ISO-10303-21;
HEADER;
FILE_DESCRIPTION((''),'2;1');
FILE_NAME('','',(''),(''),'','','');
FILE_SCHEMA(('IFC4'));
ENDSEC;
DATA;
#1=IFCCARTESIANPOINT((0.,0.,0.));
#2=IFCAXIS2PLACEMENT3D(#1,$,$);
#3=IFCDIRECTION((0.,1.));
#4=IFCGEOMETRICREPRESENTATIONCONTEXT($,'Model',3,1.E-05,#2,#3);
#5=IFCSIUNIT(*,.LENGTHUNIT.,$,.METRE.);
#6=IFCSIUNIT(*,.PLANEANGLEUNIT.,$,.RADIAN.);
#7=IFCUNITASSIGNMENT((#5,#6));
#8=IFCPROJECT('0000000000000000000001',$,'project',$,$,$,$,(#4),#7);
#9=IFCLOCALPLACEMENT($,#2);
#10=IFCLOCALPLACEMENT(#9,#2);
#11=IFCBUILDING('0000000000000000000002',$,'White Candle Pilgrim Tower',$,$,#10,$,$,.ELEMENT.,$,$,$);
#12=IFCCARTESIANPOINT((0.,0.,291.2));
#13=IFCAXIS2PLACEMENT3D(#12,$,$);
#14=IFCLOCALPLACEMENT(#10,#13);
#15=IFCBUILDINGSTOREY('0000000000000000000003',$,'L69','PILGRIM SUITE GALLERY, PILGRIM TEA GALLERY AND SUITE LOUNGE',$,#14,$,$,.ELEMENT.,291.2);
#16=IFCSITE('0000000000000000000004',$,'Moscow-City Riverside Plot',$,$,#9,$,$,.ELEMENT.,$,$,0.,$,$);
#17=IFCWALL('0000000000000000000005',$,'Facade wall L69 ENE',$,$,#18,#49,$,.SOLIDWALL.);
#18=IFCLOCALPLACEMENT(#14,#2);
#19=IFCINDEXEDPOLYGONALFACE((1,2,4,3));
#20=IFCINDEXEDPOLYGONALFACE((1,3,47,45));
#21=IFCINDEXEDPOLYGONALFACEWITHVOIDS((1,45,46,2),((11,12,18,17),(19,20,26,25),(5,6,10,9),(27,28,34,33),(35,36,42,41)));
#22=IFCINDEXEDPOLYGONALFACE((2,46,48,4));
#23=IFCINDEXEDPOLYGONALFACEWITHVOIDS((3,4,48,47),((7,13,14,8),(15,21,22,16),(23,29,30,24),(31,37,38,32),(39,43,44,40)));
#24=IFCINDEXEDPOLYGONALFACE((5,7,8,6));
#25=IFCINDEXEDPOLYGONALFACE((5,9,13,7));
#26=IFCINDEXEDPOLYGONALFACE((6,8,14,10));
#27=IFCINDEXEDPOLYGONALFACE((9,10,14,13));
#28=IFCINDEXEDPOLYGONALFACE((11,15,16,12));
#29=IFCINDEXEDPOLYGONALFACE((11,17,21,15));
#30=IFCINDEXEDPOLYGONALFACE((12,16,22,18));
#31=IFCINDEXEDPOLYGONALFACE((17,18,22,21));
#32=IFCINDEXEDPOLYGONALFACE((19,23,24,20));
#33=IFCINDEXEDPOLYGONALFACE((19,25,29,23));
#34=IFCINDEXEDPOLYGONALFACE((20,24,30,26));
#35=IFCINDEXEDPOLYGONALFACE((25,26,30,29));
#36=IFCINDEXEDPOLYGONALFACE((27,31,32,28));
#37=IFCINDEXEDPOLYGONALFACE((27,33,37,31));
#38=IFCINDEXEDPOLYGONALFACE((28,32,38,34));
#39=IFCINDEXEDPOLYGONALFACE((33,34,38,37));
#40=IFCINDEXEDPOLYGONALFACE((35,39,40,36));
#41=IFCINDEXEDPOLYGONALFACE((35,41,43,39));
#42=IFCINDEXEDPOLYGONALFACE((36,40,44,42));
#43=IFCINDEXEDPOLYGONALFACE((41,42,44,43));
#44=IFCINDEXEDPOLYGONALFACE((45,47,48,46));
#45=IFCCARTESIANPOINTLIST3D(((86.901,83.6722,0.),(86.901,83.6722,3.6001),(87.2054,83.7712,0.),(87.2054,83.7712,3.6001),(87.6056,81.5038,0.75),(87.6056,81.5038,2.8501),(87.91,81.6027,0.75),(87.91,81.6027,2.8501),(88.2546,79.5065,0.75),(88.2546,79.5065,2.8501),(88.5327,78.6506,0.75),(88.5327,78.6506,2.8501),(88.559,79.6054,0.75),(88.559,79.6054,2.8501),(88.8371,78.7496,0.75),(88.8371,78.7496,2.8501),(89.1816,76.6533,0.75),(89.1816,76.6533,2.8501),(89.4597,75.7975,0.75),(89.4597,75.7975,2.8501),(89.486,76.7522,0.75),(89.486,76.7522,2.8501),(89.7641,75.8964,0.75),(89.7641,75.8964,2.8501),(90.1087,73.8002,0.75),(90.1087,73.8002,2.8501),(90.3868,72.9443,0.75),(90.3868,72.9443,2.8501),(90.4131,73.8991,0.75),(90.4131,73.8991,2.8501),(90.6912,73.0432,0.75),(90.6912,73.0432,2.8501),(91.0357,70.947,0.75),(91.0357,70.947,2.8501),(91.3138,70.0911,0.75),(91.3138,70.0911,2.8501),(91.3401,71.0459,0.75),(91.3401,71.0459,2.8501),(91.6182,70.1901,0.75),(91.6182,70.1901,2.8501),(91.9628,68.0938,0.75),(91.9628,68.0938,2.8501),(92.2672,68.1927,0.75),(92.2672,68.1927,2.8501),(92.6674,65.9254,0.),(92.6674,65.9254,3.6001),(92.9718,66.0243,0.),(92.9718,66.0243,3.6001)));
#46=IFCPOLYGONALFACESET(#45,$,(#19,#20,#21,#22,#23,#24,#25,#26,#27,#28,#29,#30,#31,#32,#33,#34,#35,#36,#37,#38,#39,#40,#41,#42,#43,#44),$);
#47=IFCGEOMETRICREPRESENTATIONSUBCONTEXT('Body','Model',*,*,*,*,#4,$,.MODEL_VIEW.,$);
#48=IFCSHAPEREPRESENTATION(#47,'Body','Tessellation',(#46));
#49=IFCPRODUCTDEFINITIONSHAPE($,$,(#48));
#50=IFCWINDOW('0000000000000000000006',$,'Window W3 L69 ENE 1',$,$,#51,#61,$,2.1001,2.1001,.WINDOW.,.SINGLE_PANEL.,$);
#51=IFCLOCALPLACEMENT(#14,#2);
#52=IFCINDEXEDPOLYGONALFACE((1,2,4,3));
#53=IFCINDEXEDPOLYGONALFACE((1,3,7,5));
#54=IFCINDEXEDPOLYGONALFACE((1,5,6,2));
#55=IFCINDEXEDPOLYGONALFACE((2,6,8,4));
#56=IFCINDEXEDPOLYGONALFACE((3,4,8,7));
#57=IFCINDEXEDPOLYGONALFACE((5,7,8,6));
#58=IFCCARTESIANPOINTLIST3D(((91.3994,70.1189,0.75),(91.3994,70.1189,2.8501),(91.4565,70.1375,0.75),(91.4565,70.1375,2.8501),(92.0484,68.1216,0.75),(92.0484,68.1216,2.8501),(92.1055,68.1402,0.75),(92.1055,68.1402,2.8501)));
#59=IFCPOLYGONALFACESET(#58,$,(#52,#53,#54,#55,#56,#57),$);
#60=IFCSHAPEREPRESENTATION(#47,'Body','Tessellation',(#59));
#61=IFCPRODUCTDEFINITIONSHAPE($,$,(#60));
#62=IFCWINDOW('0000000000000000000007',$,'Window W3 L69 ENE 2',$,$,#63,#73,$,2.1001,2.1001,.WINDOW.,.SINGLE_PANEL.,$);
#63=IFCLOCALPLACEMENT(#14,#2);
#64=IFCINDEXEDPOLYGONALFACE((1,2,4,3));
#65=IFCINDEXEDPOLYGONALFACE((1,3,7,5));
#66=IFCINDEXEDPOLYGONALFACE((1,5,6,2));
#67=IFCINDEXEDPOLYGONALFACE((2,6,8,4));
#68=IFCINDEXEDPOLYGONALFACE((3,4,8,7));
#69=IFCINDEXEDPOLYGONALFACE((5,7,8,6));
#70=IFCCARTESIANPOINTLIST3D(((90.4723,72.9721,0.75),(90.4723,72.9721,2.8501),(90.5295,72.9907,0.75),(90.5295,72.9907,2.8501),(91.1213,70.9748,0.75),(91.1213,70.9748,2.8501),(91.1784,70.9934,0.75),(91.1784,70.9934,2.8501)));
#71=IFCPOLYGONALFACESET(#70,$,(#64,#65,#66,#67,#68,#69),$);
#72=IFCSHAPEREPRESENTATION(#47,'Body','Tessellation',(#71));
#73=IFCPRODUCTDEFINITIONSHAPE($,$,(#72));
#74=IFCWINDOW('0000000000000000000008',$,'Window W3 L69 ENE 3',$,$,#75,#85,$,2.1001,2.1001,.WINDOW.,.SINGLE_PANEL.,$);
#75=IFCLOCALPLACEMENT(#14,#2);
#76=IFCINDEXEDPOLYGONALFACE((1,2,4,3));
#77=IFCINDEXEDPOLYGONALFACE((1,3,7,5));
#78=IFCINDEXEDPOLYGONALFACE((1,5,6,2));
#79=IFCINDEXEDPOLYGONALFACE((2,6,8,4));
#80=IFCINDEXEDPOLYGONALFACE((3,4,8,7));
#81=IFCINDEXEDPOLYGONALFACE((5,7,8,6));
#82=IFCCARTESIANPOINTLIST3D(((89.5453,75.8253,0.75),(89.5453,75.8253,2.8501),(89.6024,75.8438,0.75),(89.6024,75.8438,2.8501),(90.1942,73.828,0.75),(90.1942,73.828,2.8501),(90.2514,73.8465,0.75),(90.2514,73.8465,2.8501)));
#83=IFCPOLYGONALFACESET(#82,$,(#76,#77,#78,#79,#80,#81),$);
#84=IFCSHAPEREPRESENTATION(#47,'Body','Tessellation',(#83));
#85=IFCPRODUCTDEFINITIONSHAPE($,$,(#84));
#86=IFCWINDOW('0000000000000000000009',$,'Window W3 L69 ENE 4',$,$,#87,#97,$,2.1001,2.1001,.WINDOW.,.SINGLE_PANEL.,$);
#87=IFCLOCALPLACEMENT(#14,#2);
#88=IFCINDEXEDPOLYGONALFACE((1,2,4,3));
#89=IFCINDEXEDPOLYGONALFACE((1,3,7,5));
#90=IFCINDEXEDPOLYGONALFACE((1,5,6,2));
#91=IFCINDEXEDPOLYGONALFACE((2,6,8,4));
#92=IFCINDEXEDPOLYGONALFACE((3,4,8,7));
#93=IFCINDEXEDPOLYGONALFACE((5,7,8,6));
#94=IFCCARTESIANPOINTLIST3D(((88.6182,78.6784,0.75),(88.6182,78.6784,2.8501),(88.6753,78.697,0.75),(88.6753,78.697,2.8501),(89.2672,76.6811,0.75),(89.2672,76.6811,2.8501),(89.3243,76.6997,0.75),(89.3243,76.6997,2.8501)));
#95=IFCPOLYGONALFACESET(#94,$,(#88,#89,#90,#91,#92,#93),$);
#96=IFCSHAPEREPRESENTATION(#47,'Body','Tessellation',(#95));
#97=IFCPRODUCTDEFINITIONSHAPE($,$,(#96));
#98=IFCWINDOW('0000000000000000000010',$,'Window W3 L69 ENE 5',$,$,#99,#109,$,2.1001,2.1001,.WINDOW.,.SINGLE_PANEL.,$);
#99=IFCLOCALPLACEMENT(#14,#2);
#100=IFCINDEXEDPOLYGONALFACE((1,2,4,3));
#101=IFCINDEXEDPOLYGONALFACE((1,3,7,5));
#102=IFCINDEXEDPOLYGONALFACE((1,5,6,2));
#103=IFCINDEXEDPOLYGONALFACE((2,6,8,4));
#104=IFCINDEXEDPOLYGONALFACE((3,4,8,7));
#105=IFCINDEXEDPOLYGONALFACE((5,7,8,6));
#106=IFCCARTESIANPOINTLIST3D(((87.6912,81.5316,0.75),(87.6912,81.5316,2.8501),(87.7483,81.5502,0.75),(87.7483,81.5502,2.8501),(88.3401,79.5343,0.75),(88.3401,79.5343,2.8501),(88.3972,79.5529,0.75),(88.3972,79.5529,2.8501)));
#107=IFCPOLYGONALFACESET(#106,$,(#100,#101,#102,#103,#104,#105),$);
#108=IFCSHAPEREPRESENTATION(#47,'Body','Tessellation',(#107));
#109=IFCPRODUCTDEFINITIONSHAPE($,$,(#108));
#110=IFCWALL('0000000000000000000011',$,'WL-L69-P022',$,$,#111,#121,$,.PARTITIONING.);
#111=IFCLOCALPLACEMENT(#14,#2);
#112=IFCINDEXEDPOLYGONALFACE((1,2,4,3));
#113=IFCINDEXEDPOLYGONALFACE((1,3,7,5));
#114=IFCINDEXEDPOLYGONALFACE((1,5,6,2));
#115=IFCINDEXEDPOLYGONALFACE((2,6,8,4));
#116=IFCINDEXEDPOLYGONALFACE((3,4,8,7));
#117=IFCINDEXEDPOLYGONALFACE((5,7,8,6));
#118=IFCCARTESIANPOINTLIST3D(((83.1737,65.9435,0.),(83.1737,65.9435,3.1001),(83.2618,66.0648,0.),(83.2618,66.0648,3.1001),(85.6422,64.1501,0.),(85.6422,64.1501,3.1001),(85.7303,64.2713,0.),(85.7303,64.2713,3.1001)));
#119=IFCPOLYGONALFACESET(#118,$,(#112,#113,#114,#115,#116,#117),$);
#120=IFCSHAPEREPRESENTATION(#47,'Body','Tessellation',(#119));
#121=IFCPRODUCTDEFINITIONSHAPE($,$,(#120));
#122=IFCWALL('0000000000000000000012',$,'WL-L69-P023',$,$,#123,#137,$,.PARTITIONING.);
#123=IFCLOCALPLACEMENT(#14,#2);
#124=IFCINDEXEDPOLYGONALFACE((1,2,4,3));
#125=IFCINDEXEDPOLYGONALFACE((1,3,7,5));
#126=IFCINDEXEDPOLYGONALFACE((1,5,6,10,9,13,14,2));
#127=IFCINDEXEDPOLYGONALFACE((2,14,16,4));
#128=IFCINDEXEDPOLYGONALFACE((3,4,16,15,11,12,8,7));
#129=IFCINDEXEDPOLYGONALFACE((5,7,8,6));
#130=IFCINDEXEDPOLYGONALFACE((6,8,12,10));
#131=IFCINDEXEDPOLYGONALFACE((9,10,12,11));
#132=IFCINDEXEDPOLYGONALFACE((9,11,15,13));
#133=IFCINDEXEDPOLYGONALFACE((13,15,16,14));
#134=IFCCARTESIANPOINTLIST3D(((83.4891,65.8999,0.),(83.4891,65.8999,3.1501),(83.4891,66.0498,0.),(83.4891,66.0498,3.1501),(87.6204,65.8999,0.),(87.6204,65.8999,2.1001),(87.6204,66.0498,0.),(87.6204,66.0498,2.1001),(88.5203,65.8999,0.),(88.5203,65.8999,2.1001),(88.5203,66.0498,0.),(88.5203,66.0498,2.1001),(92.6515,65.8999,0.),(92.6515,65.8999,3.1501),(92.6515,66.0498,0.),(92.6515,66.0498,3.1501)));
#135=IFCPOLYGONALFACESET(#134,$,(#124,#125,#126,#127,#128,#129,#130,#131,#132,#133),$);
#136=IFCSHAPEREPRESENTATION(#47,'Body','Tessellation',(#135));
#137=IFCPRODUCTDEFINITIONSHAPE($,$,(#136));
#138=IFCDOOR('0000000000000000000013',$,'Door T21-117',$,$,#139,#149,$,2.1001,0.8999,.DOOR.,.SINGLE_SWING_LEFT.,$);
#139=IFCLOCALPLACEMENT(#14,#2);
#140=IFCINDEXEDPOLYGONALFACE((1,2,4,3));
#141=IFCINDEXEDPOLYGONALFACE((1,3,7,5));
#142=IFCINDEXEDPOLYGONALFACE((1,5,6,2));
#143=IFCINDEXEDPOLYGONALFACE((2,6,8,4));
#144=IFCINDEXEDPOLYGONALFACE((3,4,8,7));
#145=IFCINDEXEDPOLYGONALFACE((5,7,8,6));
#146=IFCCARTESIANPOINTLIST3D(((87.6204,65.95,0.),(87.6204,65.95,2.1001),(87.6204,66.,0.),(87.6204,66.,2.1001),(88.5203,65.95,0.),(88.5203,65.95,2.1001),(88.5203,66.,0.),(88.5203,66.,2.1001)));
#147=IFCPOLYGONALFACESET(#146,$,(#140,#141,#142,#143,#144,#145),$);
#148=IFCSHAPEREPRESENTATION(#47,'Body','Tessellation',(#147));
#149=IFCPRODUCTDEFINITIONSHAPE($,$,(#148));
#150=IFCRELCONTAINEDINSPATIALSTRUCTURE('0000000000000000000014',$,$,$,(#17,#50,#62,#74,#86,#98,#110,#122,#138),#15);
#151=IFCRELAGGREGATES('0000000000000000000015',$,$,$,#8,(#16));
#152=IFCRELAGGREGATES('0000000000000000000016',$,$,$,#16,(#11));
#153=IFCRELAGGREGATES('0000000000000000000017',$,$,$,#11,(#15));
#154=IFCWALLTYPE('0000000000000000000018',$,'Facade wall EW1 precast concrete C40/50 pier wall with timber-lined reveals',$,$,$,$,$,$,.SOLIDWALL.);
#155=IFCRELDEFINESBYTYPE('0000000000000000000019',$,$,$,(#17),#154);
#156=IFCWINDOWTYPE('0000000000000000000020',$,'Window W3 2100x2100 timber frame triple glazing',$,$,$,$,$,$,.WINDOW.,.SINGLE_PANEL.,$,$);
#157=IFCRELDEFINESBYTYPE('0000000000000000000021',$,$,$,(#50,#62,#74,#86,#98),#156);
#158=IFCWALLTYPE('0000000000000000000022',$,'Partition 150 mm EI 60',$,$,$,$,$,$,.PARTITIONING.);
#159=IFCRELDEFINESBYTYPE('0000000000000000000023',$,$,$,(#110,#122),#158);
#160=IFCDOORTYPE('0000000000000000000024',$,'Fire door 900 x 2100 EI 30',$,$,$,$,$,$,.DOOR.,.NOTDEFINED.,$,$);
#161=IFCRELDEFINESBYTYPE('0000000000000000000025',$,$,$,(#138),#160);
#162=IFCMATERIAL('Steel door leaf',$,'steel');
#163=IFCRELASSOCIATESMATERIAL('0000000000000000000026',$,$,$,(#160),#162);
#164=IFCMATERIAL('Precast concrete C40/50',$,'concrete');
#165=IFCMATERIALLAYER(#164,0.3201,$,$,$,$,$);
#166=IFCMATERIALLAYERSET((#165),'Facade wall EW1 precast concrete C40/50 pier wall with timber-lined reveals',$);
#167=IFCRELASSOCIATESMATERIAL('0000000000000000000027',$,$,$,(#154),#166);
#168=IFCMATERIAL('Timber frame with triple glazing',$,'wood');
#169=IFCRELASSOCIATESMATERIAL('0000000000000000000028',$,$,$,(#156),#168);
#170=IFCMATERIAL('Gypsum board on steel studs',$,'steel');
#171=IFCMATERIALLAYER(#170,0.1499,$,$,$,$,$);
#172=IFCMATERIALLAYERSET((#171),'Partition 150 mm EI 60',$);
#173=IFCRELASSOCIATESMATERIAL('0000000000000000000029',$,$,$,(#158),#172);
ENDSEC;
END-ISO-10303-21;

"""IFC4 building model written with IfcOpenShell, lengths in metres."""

from ifc_helpers import new_model, si_unit, direction, frame, frame_2d, origin, place, context, subcontext, project, spatial, rectangle, extrude, material, layer, layer_set, type_object, element, fill, save


model = new_model("IFC4")

# Units and contexts
model_context = context("Model", 3, precision=1e-05, world=origin(), true_north=direction((0.0, 1.0)))
body_context = subcontext(model_context, "Body", "Model", "MODEL_VIEW")
ifc_project = project(units=[si_unit("LENGTHUNIT", "METRE"), si_unit("PLANEANGLEUNIT", "RADIAN")], contexts=[model_context])

# Site, building, storey
site_placement = place(None, origin())
site = spatial("IfcSite", under=ifc_project, at=site_placement, Name="Moscow-City Riverside Plot", CompositionType="ELEMENT", RefElevation=0.0)
building_placement = place(site_placement, origin())
building = spatial("IfcBuilding", under=site, at=building_placement, Name="White Candle Pilgrim Tower", CompositionType="ELEMENT")
storey_placement = place(building_placement, frame((0.0, 0.0, 291.2)))
storey = spatial("IfcBuildingStorey", under=building, at=storey_placement, Name="L69", Description="PILGRIM SUITE GALLERY, PILGRIM TEA GALLERY AND SUITE LOUNGE", CompositionType="ELEMENT", Elevation=291.2)

# Shared definitions
ifc_material_1 = material(Name="Gypsum board on steel studs", Category="steel")
ifc_material_2 = material(Name="Steel door leaf", Category="steel")
door_type = type_object("IfcDoorType", Name="Fire door 900 x 2100 EI 30", OperationType="NOTDEFINED", PredefinedType="DOOR", material=ifc_material_2)

# Wall, openings, windows
ifc_material_3 = material(Name="Precast concrete C40/50", Category="concrete")
ifc_layer_1 = layer(ifc_material_3, 0.3201)
ifc_layer_set_1 = layer_set([ifc_layer_1], Name="Facade wall EW1 precast concrete C40/50 pier wall with timber-lined reveals")
wall_type_1 = type_object("IfcWallType", Name="Facade wall EW1 precast concrete C40/50 pier wall with timber-lined reveals", PredefinedType="SOLIDWALL", material=ifc_layer_set_1)
wall_1_placement = place(storey_placement, frame((92.8196, 65.9749, 0.0), z_axis=(0.0, 0.0, 1.0), x_axis=(-0.30902, 0.951056, 0.0)))
wall_1 = element("IfcWall", 1, at=wall_1_placement, inside=storey, type_object=wall_type_1, Name="Facade wall L69 ENE", PredefinedType="SOLIDWALL", context=body_context, shape_type="SweptSolid", body=[
    extrude(rectangle(XDim=18.6602, YDim=0.3201, at=frame_2d((9.3301, 0.0))), origin(), (0.0, 0.0, 1.0), 3.6001),
])
opening_1_placement = place(wall_1_placement, frame((2.28, 0.0, 0.75)))
opening_1 = element("IfcOpeningElement", 2, at=opening_1_placement, cuts=wall_1, PredefinedType="OPENING", context=body_context, shape_type="SweptSolid", body=[
    extrude(rectangle(XDim=2.1001, YDim=2.1001, at=frame_2d((1.05, 1.05))), frame((0.0, 0.1699, 0.0), z_axis=(0.0, -1.0, 0.0), x_axis=(1.0, 0.0, 0.0)), (0.0, 0.0, 1.0), 0.3401),
])
opening_2_placement = place(wall_1_placement, frame((5.28, 0.0, 0.75)))
opening_2 = element("IfcOpeningElement", 3, at=opening_2_placement, cuts=wall_1, PredefinedType="OPENING", context=body_context, shape_type="SweptSolid", body=[
    extrude(rectangle(XDim=2.1001, YDim=2.1001, at=frame_2d((1.05, 1.05))), frame((0.0, 0.1699, 0.0), z_axis=(0.0, -1.0, 0.0), x_axis=(1.0, 0.0, 0.0)), (0.0, 0.0, 1.0), 0.3401),
])
opening_3_placement = place(wall_1_placement, frame((8.28, 0.0, 0.75)))
opening_3 = element("IfcOpeningElement", 4, at=opening_3_placement, cuts=wall_1, PredefinedType="OPENING", context=body_context, shape_type="SweptSolid", body=[
    extrude(rectangle(XDim=2.1001, YDim=2.1001, at=frame_2d((1.05, 1.05))), frame((0.0, 0.1699, 0.0), z_axis=(0.0, -1.0, 0.0), x_axis=(1.0, 0.0, 0.0)), (0.0, 0.0, 1.0), 0.3401),
])
opening_4_placement = place(wall_1_placement, frame((11.28, 0.0, 0.75)))
opening_4 = element("IfcOpeningElement", 5, at=opening_4_placement, cuts=wall_1, PredefinedType="OPENING", context=body_context, shape_type="SweptSolid", body=[
    extrude(rectangle(XDim=2.1001, YDim=2.1001, at=frame_2d((1.05, 1.05))), frame((0.0, 0.1699, 0.0), z_axis=(0.0, -1.0, 0.0), x_axis=(1.0, 0.0, 0.0)), (0.0, 0.0, 1.0), 0.3401),
])
opening_5_placement = place(wall_1_placement, frame((14.28, 0.0, 0.75)))
opening_5 = element("IfcOpeningElement", 6, at=opening_5_placement, cuts=wall_1, PredefinedType="OPENING", context=body_context, shape_type="SweptSolid", body=[
    extrude(rectangle(XDim=2.1001, YDim=2.1001, at=frame_2d((1.05, 1.05))), frame((0.0, 0.1699, 0.0), z_axis=(0.0, -1.0, 0.0), x_axis=(1.0, 0.0, 0.0)), (0.0, 0.0, 1.0), 0.3401),
])
ifc_material_4 = material(Name="Timber frame with triple glazing", Category="wood")
window_type = type_object("IfcWindowType", Name="Window W3 2100x2100 timber frame triple glazing", PartitioningType="SINGLE_PANEL", PredefinedType="WINDOW", material=ifc_material_4)
window_1_placement = place(opening_1_placement, origin())
window_1 = element("IfcWindow", 7, at=window_1_placement, inside=storey, type_object=window_type, Name="Window W3 L69 ENE 1", OverallHeight=2.1001, OverallWidth=2.1001, PartitioningType="SINGLE_PANEL", PredefinedType="WINDOW", context=body_context, shape_type="SweptSolid", body=[
    extrude(rectangle(XDim=2.1001, YDim=2.1001, at=frame_2d((1.05, 1.05))), frame((0.0, 0.0701, 0.0), z_axis=(0.0, -1.0, 0.0), x_axis=(1.0, 0.0, 0.0)), (0.0, 0.0, 1.0), 0.0601),
])
fill(opening_1, window_1)
window_2_placement = place(opening_2_placement, origin())
window_2 = element("IfcWindow", 8, at=window_2_placement, inside=storey, type_object=window_type, Name="Window W3 L69 ENE 2", OverallHeight=2.1001, OverallWidth=2.1001, PartitioningType="SINGLE_PANEL", PredefinedType="WINDOW", context=body_context, shape_type="SweptSolid", body=[
    extrude(rectangle(XDim=2.1001, YDim=2.1001, at=frame_2d((1.05, 1.05))), frame((0.0, 0.0701, 0.0), z_axis=(0.0, -1.0, 0.0), x_axis=(1.0, 0.0, 0.0)), (0.0, 0.0, 1.0), 0.0601),
])
fill(opening_2, window_2)
window_3_placement = place(opening_3_placement, origin())
window_3 = element("IfcWindow", 9, at=window_3_placement, inside=storey, type_object=window_type, Name="Window W3 L69 ENE 3", OverallHeight=2.1001, OverallWidth=2.1001, PartitioningType="SINGLE_PANEL", PredefinedType="WINDOW", context=body_context, shape_type="SweptSolid", body=[
    extrude(rectangle(XDim=2.1001, YDim=2.1001, at=frame_2d((1.05, 1.05))), frame((0.0, 0.0701, 0.0), z_axis=(0.0, -1.0, 0.0), x_axis=(1.0, 0.0, 0.0)), (0.0, 0.0, 1.0), 0.0601),
])
fill(opening_3, window_3)
window_4_placement = place(opening_4_placement, origin())
window_4 = element("IfcWindow", 10, at=window_4_placement, inside=storey, type_object=window_type, Name="Window W3 L69 ENE 4", OverallHeight=2.1001, OverallWidth=2.1001, PartitioningType="SINGLE_PANEL", PredefinedType="WINDOW", context=body_context, shape_type="SweptSolid", body=[
    extrude(rectangle(XDim=2.1001, YDim=2.1001, at=frame_2d((1.05, 1.05))), frame((0.0, 0.0701, 0.0), z_axis=(0.0, -1.0, 0.0), x_axis=(1.0, 0.0, 0.0)), (0.0, 0.0, 1.0), 0.0601),
])
fill(opening_4, window_4)
window_5_placement = place(opening_5_placement, origin())
window_5 = element("IfcWindow", 11, at=window_5_placement, inside=storey, type_object=window_type, Name="Window W3 L69 ENE 5", OverallHeight=2.1001, OverallWidth=2.1001, PartitioningType="SINGLE_PANEL", PredefinedType="WINDOW", context=body_context, shape_type="SweptSolid", body=[
    extrude(rectangle(XDim=2.1001, YDim=2.1001, at=frame_2d((1.05, 1.05))), frame((0.0, 0.0701, 0.0), z_axis=(0.0, -1.0, 0.0), x_axis=(1.0, 0.0, 0.0)), (0.0, 0.0, 1.0), 0.0601),
])
fill(opening_5, window_5)

# Wall
ifc_layer_2 = layer(ifc_material_1, 0.1499)
ifc_layer_set_2 = layer_set([ifc_layer_2], Name="Partition 150 mm EI 60")
wall_type_2 = type_object("IfcWallType", Name="Partition 150 mm EI 60", PredefinedType="PARTITIONING", material=ifc_layer_set_2)
wall_2_placement = place(storey_placement, frame((85.6863, 64.2107, 0.0), z_axis=(0.0, 0.0, 1.0), x_axis=(-0.80902, 0.587782, 0.0)))
element("IfcWall", 12, at=wall_2_placement, inside=storey, type_object=wall_type_2, Name="WL-L69-P022", PredefinedType="PARTITIONING", context=body_context, shape_type="SweptSolid", body=[
    extrude(rectangle(XDim=3.0513, YDim=0.1499, at=frame_2d((1.5256, 0.0))), origin(), (0.0, 0.0, 1.0), 3.1001),
])

# Wall, opening, door
wall_3_placement = place(storey_placement, frame((92.6514, 65.9749, 0.0), z_axis=(0.0, 0.0, 1.0), x_axis=(-1.0, 0.0, 0.0)))
wall_3 = element("IfcWall", 13, at=wall_3_placement, inside=storey, type_object=wall_type_2, Name="WL-L69-P023", PredefinedType="PARTITIONING", context=body_context, shape_type="SweptSolid", body=[
    extrude(rectangle(XDim=9.1624, YDim=0.1499, at=frame_2d((4.5811, 0.0))), origin(), (0.0, 0.0, 1.0), 3.1501),
])
opening_6_placement = place(wall_3_placement, frame((4.1311, 0.0, 0.0)))
opening_6 = element("IfcOpeningElement", 14, at=opening_6_placement, cuts=wall_3, PredefinedType="OPENING", context=body_context, shape_type="SweptSolid", body=[
    extrude(rectangle(XDim=0.8999, YDim=2.1001, at=frame_2d((0.45, 1.05))), frame((0.0, 0.085, 0.0), z_axis=(0.0, -1.0, 0.0), x_axis=(1.0, 0.0, 0.0)), (0.0, 0.0, 1.0), 0.1699),
])
door_1_placement = place(opening_6_placement, origin())
door_1 = element("IfcDoor", 15, at=door_1_placement, inside=storey, type_object=door_type, Name="Door T21-117", OperationType="SINGLE_SWING_LEFT", OverallHeight=2.1001, OverallWidth=0.8999, PredefinedType="DOOR", context=body_context, shape_type="SweptSolid", body=[
    extrude(rectangle(XDim=0.8999, YDim=2.1001, at=frame_2d((0.45, 1.05))), frame((0.0, 0.0249, 0.0), z_axis=(0.0, -1.0, 0.0), x_axis=(1.0, 0.0, 0.0)), (0.0, 0.0, 1.0), 0.05),
])
fill(opening_6, door_1)

save(model, "model.ifc")
